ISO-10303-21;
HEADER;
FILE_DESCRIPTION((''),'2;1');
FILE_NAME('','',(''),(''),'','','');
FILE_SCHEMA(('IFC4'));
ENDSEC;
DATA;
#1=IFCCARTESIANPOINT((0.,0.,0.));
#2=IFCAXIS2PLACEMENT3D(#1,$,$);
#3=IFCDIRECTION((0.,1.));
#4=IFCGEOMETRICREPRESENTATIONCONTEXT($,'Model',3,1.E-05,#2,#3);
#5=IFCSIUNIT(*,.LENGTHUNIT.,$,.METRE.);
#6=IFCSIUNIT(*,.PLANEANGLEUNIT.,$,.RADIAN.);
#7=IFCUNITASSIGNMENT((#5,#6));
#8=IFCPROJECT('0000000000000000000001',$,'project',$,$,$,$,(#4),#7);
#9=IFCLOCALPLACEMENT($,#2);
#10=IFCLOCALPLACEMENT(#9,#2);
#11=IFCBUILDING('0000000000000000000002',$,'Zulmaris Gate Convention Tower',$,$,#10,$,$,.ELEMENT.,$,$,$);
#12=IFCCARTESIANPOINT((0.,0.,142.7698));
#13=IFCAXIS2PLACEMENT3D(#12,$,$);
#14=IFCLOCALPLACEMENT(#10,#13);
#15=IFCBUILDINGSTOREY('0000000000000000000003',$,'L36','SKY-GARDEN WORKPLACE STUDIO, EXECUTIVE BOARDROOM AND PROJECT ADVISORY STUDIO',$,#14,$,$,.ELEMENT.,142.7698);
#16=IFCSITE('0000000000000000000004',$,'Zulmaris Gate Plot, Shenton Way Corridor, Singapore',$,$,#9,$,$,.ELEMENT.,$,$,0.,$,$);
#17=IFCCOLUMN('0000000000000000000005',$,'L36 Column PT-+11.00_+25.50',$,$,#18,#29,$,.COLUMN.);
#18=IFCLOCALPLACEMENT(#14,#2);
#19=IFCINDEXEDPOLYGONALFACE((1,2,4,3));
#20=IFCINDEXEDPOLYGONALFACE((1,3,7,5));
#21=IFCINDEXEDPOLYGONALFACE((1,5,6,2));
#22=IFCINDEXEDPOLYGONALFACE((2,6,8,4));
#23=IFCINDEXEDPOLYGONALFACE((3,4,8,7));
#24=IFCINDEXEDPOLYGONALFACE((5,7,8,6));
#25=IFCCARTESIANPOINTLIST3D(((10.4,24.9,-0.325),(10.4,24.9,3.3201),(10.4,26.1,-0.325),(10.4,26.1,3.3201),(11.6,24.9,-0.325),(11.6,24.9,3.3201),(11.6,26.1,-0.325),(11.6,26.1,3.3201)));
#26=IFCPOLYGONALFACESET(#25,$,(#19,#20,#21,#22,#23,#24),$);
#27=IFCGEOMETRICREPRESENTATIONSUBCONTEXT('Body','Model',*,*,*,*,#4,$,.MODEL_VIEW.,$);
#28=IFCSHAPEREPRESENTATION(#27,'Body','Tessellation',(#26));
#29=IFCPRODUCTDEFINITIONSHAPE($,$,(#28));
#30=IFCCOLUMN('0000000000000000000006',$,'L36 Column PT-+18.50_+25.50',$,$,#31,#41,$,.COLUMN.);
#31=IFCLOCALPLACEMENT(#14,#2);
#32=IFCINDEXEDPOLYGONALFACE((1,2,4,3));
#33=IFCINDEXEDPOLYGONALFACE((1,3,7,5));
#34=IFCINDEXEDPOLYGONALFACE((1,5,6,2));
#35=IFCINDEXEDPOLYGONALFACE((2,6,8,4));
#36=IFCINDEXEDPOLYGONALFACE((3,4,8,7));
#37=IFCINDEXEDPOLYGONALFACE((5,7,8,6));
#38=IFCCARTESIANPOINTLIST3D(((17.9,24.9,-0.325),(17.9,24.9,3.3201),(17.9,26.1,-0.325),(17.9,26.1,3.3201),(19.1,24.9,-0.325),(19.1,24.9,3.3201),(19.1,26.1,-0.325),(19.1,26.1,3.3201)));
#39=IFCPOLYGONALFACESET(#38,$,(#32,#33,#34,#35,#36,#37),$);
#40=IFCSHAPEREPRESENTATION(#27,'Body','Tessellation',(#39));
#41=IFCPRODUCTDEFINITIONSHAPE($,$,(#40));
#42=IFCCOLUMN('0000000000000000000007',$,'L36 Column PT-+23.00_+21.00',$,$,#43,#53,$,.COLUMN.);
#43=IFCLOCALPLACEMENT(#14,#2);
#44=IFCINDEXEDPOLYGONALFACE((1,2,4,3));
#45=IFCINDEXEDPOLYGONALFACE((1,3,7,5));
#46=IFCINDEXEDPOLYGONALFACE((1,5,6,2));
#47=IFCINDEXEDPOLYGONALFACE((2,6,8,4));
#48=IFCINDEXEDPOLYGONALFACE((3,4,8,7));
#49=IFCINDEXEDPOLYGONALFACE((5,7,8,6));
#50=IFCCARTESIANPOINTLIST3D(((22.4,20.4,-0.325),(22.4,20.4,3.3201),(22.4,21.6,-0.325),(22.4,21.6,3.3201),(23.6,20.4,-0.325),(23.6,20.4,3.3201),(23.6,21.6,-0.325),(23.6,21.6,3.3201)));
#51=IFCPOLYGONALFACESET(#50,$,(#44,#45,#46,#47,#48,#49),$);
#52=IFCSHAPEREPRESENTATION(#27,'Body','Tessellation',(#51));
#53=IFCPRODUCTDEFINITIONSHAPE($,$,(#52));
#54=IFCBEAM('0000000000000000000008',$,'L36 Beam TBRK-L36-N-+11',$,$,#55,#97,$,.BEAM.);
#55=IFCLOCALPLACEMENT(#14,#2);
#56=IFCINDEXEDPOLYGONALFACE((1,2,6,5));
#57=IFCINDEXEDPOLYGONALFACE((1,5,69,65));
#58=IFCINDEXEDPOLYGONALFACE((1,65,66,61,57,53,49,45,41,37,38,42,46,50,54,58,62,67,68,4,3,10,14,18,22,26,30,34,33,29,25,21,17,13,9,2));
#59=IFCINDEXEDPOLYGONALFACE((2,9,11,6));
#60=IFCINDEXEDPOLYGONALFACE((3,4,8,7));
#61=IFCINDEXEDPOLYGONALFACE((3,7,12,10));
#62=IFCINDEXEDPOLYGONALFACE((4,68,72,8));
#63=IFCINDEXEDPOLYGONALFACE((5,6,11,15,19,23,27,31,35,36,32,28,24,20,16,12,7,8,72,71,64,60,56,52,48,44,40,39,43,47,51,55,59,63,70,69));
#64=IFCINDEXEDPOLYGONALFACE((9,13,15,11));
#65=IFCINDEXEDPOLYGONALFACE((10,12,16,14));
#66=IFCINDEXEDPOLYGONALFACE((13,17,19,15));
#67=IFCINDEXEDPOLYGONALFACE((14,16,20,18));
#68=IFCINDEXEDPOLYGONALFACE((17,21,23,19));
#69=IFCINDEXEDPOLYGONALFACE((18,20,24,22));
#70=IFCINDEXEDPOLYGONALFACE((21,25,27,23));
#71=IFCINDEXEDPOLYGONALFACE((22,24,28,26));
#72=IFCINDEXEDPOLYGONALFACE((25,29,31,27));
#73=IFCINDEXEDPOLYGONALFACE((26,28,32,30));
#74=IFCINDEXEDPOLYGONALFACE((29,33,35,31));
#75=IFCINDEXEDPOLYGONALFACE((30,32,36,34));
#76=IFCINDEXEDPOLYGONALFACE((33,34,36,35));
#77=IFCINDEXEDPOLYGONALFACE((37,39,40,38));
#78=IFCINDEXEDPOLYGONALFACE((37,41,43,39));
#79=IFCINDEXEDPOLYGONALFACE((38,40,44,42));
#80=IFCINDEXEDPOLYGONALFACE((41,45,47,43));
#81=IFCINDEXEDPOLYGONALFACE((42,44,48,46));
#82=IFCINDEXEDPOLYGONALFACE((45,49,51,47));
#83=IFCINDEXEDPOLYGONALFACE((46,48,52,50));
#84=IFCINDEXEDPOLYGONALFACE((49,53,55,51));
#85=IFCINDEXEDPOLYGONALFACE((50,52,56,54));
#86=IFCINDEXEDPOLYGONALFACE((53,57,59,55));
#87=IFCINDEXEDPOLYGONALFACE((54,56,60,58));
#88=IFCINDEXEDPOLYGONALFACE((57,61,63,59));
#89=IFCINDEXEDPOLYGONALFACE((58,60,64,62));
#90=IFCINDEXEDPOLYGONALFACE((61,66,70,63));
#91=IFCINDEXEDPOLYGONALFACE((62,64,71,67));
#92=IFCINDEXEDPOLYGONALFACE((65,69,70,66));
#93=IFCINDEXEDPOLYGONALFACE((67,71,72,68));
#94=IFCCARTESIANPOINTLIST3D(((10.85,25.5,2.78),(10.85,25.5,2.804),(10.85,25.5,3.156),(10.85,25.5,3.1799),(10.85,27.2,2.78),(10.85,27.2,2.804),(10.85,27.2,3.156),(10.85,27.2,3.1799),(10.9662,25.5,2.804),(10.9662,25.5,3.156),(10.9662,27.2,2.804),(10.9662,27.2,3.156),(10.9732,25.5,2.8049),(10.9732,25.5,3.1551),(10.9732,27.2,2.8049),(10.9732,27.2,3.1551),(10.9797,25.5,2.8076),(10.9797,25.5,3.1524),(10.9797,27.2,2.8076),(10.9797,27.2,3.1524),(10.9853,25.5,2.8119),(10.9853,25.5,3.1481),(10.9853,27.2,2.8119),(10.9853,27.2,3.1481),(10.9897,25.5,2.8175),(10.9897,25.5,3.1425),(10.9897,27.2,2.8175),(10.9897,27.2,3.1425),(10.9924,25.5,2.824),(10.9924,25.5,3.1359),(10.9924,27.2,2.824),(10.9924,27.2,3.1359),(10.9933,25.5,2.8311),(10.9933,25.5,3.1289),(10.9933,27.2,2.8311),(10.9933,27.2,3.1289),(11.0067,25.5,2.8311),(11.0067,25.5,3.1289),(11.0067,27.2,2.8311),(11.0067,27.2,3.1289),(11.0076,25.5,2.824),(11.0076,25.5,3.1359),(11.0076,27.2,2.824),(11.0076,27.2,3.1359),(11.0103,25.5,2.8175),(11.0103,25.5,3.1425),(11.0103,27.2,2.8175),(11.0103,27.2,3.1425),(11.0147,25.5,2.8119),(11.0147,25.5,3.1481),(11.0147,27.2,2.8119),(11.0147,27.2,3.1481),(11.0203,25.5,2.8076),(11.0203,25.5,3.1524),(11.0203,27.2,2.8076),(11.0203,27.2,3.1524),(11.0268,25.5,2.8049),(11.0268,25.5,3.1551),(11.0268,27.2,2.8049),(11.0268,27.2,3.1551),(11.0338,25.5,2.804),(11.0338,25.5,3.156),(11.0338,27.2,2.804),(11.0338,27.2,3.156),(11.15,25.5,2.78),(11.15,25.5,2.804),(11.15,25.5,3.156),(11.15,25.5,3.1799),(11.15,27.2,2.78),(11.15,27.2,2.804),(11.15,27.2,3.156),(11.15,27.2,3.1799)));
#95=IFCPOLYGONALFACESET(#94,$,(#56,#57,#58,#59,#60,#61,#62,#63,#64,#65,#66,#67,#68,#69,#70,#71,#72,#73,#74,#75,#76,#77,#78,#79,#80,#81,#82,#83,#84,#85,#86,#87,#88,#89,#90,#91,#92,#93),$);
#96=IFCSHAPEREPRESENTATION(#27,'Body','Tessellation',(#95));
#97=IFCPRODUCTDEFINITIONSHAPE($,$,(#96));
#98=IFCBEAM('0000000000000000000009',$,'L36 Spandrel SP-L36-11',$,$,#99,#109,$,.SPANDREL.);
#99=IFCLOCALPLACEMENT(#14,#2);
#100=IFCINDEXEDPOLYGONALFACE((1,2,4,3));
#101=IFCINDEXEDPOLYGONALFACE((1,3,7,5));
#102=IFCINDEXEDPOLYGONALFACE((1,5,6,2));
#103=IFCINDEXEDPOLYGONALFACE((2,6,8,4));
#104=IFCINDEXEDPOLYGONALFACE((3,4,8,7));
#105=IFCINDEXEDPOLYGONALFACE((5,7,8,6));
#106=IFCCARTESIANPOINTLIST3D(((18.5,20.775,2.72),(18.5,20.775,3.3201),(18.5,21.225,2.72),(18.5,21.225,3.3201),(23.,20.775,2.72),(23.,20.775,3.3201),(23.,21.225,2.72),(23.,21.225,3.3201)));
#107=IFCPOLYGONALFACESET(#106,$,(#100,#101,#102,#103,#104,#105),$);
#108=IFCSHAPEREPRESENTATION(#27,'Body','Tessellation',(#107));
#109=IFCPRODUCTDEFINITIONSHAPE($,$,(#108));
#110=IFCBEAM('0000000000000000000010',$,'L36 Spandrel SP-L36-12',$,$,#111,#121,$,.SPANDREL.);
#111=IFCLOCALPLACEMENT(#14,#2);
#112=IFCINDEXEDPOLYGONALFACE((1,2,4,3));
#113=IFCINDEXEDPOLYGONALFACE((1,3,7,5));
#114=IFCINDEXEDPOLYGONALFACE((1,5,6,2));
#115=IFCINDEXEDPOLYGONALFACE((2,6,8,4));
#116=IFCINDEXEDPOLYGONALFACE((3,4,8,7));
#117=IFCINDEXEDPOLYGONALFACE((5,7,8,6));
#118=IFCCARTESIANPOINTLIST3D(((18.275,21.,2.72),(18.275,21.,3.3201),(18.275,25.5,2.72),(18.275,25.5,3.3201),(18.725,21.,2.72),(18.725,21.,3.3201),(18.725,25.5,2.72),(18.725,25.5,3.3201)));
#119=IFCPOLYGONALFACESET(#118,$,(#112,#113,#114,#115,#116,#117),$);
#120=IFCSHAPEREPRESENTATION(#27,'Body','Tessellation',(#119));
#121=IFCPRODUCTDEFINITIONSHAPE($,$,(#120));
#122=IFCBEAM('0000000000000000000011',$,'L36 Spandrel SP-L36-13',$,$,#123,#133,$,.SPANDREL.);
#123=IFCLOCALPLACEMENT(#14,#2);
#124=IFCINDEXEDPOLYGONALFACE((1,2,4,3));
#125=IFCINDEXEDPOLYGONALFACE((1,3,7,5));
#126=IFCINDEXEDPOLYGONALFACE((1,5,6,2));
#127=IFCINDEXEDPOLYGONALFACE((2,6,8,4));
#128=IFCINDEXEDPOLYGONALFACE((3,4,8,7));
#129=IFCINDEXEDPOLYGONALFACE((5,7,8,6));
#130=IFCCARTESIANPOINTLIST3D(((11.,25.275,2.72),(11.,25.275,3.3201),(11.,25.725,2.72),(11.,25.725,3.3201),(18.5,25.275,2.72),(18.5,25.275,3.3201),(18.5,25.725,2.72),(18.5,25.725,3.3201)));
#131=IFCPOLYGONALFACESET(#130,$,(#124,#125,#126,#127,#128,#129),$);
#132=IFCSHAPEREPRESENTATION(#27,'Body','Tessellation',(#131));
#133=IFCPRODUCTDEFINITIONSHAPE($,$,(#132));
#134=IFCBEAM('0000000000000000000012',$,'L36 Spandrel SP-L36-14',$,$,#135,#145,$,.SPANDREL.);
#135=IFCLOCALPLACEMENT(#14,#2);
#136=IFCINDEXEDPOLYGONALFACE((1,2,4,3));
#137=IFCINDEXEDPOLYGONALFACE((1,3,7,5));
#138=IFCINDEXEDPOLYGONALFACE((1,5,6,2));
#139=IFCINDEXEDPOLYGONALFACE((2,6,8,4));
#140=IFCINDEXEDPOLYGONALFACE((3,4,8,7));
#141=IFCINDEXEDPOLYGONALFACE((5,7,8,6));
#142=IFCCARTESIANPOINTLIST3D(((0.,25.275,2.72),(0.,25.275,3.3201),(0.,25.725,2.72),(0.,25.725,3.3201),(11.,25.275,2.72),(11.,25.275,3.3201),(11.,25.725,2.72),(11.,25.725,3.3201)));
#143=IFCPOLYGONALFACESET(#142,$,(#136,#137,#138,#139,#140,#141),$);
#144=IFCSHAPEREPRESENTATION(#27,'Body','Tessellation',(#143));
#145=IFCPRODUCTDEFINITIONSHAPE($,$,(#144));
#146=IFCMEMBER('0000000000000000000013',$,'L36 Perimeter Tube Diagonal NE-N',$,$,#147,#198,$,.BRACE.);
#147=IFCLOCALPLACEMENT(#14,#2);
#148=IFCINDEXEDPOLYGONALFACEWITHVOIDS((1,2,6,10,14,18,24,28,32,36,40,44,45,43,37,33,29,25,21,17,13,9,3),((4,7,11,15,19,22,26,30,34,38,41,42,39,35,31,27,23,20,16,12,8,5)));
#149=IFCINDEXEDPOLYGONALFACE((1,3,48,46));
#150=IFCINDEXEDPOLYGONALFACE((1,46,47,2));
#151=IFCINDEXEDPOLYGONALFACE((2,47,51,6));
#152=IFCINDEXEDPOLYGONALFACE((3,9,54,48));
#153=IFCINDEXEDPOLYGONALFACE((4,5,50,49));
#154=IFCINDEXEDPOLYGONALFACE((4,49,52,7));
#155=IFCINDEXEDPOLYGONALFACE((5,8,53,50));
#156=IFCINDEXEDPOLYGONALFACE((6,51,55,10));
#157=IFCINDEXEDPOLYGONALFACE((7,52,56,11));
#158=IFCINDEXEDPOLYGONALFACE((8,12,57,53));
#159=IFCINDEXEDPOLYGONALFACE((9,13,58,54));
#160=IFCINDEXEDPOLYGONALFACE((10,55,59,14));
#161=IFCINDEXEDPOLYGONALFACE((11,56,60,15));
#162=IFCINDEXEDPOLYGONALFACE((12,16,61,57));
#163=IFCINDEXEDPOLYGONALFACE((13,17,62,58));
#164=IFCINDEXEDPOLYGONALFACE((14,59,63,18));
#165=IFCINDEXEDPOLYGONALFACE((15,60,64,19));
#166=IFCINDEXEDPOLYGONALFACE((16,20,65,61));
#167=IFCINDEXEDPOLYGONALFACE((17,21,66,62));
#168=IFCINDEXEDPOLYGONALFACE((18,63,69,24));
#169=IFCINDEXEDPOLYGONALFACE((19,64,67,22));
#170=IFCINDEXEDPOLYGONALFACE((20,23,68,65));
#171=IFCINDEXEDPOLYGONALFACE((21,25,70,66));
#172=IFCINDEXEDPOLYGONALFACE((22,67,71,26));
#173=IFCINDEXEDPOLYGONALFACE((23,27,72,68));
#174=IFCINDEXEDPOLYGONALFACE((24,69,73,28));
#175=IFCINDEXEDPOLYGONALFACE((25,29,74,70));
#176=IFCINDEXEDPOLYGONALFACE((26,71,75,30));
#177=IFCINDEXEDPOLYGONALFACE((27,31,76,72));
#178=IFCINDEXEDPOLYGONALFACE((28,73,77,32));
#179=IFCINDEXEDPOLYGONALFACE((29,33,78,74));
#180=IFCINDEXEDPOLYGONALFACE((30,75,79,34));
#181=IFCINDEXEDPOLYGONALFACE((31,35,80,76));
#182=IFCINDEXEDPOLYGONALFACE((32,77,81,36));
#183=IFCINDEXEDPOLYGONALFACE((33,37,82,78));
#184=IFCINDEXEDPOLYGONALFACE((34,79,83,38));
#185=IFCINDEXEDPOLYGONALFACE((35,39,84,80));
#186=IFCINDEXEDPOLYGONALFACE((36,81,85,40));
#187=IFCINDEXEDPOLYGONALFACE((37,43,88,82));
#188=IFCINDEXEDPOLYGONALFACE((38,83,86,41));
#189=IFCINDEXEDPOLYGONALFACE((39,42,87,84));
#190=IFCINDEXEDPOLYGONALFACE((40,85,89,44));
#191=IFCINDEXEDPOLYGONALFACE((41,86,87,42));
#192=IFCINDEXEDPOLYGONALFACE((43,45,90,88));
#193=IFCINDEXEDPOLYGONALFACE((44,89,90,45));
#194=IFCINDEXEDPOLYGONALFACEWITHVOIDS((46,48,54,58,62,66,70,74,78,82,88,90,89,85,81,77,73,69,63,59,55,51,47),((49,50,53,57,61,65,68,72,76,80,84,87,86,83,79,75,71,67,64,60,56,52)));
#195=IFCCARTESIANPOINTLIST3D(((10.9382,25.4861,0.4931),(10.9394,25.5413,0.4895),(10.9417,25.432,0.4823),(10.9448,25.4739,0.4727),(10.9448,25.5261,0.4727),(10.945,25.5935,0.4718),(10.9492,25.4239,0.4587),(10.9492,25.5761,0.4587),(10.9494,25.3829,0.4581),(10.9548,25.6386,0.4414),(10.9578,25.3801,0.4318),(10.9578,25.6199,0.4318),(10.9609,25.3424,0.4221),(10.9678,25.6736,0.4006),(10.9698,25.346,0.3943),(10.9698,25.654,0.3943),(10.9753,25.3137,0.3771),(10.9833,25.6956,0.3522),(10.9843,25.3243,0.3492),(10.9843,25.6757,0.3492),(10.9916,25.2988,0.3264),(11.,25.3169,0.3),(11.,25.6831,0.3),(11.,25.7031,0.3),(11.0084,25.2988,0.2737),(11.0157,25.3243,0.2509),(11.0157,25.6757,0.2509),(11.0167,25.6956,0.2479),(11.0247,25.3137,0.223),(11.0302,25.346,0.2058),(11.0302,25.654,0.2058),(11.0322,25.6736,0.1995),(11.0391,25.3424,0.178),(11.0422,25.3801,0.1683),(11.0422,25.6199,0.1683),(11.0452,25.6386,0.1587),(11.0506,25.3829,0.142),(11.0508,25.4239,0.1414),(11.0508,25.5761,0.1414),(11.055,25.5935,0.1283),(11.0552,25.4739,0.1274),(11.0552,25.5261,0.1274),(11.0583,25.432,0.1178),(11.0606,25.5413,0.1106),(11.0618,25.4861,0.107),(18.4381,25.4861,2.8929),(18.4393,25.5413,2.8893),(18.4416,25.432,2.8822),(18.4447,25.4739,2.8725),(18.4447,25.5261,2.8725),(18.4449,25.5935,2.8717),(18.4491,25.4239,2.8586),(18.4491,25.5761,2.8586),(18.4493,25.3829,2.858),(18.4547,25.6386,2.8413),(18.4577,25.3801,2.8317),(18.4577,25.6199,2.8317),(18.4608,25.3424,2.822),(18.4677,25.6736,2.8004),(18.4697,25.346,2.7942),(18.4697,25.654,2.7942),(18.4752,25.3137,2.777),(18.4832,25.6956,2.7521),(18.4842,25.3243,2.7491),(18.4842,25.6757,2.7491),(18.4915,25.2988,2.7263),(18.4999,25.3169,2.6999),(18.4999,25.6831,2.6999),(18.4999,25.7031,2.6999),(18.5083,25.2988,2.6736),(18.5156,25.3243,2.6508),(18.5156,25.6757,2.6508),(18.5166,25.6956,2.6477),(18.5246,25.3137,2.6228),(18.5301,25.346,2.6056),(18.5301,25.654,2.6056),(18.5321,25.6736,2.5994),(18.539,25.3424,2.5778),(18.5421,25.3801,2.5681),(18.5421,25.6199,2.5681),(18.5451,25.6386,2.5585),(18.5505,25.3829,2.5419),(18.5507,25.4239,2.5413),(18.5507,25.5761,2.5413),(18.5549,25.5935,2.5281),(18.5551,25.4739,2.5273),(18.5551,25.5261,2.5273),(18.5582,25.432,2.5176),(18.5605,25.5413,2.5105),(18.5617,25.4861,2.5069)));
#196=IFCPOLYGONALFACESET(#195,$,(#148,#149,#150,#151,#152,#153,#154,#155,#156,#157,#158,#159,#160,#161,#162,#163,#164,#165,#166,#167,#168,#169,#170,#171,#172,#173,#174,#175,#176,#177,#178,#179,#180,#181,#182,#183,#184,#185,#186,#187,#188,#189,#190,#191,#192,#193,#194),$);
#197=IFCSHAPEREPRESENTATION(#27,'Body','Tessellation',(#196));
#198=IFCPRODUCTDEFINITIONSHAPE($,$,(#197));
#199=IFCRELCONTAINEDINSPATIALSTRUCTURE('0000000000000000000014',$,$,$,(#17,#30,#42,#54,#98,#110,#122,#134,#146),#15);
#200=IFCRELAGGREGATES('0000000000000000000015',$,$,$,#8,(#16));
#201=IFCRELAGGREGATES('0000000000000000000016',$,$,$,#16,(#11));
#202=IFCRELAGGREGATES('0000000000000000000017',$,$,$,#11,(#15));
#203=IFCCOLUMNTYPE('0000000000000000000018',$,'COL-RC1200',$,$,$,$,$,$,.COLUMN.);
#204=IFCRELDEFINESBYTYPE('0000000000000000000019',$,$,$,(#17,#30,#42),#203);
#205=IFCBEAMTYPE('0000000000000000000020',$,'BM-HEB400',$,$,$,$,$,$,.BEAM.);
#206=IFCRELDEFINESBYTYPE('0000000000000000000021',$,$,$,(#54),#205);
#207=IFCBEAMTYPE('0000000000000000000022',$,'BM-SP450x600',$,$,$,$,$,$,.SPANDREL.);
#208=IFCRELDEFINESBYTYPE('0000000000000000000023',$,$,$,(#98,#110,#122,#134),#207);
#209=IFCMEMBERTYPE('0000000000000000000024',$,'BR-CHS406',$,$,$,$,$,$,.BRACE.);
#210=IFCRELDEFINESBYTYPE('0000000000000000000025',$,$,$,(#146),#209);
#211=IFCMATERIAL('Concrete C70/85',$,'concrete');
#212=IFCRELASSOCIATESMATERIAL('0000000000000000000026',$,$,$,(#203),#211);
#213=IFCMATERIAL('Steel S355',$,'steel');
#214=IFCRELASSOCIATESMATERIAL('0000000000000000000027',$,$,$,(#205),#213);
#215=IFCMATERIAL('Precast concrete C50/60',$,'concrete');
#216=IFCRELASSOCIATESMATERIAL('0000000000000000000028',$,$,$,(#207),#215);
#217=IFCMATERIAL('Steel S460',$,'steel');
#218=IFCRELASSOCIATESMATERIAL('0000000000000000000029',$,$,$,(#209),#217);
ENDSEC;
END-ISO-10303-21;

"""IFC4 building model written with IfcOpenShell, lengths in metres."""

from ifc_helpers import new_model, si_unit, direction, frame, origin, origin_2d, place, context, subcontext, project, spatial, rectangle, hollow_circle, i_section, extrude, material, material_profile, profile_set, type_object, element, save


model = new_model("IFC4")

# Units and contexts
model_context = context("Model", 3, precision=1e-05, world=origin(), true_north=direction((0.0, 1.0)))
body_context = subcontext(model_context, "Body", "Model", "MODEL_VIEW")
ifc_project = project(units=[si_unit("LENGTHUNIT", "METRE"), si_unit("PLANEANGLEUNIT", "RADIAN")], contexts=[model_context])

# Site, building, storey
site_placement = place(None, origin())
site = spatial("IfcSite", under=ifc_project, at=site_placement, Name="Zulmaris Gate Plot, Shenton Way Corridor, Singapore", CompositionType="ELEMENT", RefElevation=0.0)
building_placement = place(site_placement, origin())
building = spatial("IfcBuilding", under=site, at=building_placement, Name="Zulmaris Gate Convention Tower", CompositionType="ELEMENT")
storey_placement = place(building_placement, frame((0.0, 0.0, 142.7698)))
storey = spatial("IfcBuildingStorey", under=building, at=storey_placement, Name="L36", Description="SKY-GARDEN WORKPLACE STUDIO, EXECUTIVE BOARDROOM AND PROJECT ADVISORY STUDIO", CompositionType="ELEMENT", Elevation=142.7698)

# Columns
ifc_material_1 = material(Name="Concrete C70/85", Category="concrete")
ifc_material_profile_1 = material_profile(ifc_material_1, rectangle(XDim=1.2, YDim=1.2, at=origin_2d()), Name="RC COL 1200x1200")
ifc_profile_set_1 = profile_set([ifc_material_profile_1], Name="Concrete C70/85")
column_type = type_object("IfcColumnType", Name="COL-RC1200", PredefinedType="COLUMN", material=ifc_profile_set_1)
for number, where, z_axis, x_axis, name in (
    (1, (11.0, 25.5, -0.325), (0.0, 0.0, 1.0), (1.0, 0.0, 0.0), "L36 Column PT-+11.00_+25.50"),
    (2, (18.5, 25.5, -0.325), (0.0, 0.0, 1.0), (1.0, 0.0, 0.0), "L36 Column PT-+18.50_+25.50"),
    (3, (23.0, 21.0, -0.325), (0.0, 0.0, 1.0), (1.0, 0.0, 0.0), "L36 Column PT-+23.00_+21.00"),
):
    element("IfcColumn", number, at=place(storey_placement, frame(where, z_axis=z_axis, x_axis=x_axis)), inside=storey, type_object=column_type, Name=name, PredefinedType="COLUMN", context=body_context, shape_type="SweptSolid", body=[
        extrude(rectangle(XDim=1.2, YDim=1.2, at=origin_2d()), origin(), (0.0, 0.0, 1.0), 3.645),
    ])

# Beams
ifc_material_2 = material(Name="Steel S355", Category="steel")
ifc_material_profile_2 = material_profile(ifc_material_2, i_section(OverallWidth=0.3, OverallDepth=0.3999, WebThickness=0.0134, FlangeThickness=0.0239, FilletRadius=0.0271, at=origin_2d()), Name="HEB 400")
ifc_profile_set_2 = profile_set([ifc_material_profile_2], Name="Steel S355")
beam_type_1 = type_object("IfcBeamType", Name="BM-HEB400", PredefinedType="BEAM", material=ifc_profile_set_2)
beam_1_placement = place(storey_placement, frame((11.0, 25.5, 2.98), z_axis=(0.0, 1.0, 0.0), x_axis=(-1.0, 0.0, 0.0)))
element("IfcBeam", 4, at=beam_1_placement, inside=storey, type_object=beam_type_1, Name="L36 Beam TBRK-L36-N-+11", PredefinedType="BEAM", context=body_context, shape_type="SweptSolid", body=[
    extrude(i_section(OverallWidth=0.3, OverallDepth=0.3999, WebThickness=0.0134, FlangeThickness=0.0239, FilletRadius=0.0271, at=origin_2d()), origin(), (0.0, 0.0, 1.0), 1.7),
])
ifc_material_3 = material(Name="Precast concrete C50/60", Category="concrete")
ifc_material_profile_3 = material_profile(ifc_material_3, rectangle(XDim=0.45, YDim=0.6001, at=origin_2d()), Name="RC SPANDREL 450x600")
ifc_profile_set_3 = profile_set([ifc_material_profile_3], Name="Precast concrete C50/60")
beam_type_2 = type_object("IfcBeamType", Name="BM-SP450x600", PredefinedType="SPANDREL", material=ifc_profile_set_3)
for number, where, z_axis, x_axis, name in (
    (5, (23.0, 21.0, 3.02), (-1.0, 0.0, 0.0), (0.0, -1.0, 0.0), "L36 Spandrel SP-L36-11"),
    (6, (18.5, 21.0, 3.02), (0.0, 1.0, 0.0), (-1.0, 0.0, 0.0), "L36 Spandrel SP-L36-12"),
):
    element("IfcBeam", number, at=place(storey_placement, frame(where, z_axis=z_axis, x_axis=x_axis)), inside=storey, type_object=beam_type_2, Name=name, PredefinedType="SPANDREL", context=body_context, shape_type="SweptSolid", body=[
        extrude(rectangle(XDim=0.45, YDim=0.6001, at=origin_2d()), origin(), (0.0, 0.0, 1.0), 4.5),
    ])
beam_2_placement = place(storey_placement, frame((18.5, 25.5, 3.02), z_axis=(-1.0, 0.0, 0.0), x_axis=(0.0, -1.0, 0.0)))
element("IfcBeam", 7, at=beam_2_placement, inside=storey, type_object=beam_type_2, Name="L36 Spandrel SP-L36-13", PredefinedType="SPANDREL", context=body_context, shape_type="SweptSolid", body=[
    extrude(rectangle(XDim=0.45, YDim=0.6001, at=origin_2d()), origin(), (0.0, 0.0, 1.0), 7.5),
])
beam_3_placement = place(storey_placement, frame((11.0, 25.5, 3.02), z_axis=(-1.0, 0.0, 0.0), x_axis=(0.0, -1.0, 0.0)))
element("IfcBeam", 8, at=beam_3_placement, inside=storey, type_object=beam_type_2, Name="L36 Spandrel SP-L36-14", PredefinedType="SPANDREL", context=body_context, shape_type="SweptSolid", body=[
    extrude(rectangle(XDim=0.45, YDim=0.6001, at=origin_2d()), origin(), (0.0, 0.0, 1.0), 11.0),
])

# Member
ifc_material_4 = material(Name="Steel S460", Category="steel")
ifc_material_profile_4 = material_profile(ifc_material_4, hollow_circle(Radius=0.2031, WallThickness=0.02, at=origin_2d()), Name="CHS 406.4x20")
ifc_profile_set_4 = profile_set([ifc_material_profile_4], Name="Steel S460")
member_type_1 = type_object("IfcMemberType", Name="BR-CHS406", PredefinedType="BRACE", material=ifc_profile_set_4)
member_1_placement = place(storey_placement, frame((11.0, 25.5, 0.3), z_axis=(0.952428, 0.0, 0.304764), x_axis=(0.0, 1.0, 0.0)))
element("IfcMember", 9, at=member_1_placement, inside=storey, type_object=member_type_1, Name="L36 Perimeter Tube Diagonal NE-N", PredefinedType="BRACE", context=body_context, shape_type="SweptSolid", body=[
    extrude(hollow_circle(Radius=0.2031, WallThickness=0.02, at=origin_2d()), origin(), (0.0, 0.0, 1.0), 7.8745),
])

save(model, "model.ifc")
